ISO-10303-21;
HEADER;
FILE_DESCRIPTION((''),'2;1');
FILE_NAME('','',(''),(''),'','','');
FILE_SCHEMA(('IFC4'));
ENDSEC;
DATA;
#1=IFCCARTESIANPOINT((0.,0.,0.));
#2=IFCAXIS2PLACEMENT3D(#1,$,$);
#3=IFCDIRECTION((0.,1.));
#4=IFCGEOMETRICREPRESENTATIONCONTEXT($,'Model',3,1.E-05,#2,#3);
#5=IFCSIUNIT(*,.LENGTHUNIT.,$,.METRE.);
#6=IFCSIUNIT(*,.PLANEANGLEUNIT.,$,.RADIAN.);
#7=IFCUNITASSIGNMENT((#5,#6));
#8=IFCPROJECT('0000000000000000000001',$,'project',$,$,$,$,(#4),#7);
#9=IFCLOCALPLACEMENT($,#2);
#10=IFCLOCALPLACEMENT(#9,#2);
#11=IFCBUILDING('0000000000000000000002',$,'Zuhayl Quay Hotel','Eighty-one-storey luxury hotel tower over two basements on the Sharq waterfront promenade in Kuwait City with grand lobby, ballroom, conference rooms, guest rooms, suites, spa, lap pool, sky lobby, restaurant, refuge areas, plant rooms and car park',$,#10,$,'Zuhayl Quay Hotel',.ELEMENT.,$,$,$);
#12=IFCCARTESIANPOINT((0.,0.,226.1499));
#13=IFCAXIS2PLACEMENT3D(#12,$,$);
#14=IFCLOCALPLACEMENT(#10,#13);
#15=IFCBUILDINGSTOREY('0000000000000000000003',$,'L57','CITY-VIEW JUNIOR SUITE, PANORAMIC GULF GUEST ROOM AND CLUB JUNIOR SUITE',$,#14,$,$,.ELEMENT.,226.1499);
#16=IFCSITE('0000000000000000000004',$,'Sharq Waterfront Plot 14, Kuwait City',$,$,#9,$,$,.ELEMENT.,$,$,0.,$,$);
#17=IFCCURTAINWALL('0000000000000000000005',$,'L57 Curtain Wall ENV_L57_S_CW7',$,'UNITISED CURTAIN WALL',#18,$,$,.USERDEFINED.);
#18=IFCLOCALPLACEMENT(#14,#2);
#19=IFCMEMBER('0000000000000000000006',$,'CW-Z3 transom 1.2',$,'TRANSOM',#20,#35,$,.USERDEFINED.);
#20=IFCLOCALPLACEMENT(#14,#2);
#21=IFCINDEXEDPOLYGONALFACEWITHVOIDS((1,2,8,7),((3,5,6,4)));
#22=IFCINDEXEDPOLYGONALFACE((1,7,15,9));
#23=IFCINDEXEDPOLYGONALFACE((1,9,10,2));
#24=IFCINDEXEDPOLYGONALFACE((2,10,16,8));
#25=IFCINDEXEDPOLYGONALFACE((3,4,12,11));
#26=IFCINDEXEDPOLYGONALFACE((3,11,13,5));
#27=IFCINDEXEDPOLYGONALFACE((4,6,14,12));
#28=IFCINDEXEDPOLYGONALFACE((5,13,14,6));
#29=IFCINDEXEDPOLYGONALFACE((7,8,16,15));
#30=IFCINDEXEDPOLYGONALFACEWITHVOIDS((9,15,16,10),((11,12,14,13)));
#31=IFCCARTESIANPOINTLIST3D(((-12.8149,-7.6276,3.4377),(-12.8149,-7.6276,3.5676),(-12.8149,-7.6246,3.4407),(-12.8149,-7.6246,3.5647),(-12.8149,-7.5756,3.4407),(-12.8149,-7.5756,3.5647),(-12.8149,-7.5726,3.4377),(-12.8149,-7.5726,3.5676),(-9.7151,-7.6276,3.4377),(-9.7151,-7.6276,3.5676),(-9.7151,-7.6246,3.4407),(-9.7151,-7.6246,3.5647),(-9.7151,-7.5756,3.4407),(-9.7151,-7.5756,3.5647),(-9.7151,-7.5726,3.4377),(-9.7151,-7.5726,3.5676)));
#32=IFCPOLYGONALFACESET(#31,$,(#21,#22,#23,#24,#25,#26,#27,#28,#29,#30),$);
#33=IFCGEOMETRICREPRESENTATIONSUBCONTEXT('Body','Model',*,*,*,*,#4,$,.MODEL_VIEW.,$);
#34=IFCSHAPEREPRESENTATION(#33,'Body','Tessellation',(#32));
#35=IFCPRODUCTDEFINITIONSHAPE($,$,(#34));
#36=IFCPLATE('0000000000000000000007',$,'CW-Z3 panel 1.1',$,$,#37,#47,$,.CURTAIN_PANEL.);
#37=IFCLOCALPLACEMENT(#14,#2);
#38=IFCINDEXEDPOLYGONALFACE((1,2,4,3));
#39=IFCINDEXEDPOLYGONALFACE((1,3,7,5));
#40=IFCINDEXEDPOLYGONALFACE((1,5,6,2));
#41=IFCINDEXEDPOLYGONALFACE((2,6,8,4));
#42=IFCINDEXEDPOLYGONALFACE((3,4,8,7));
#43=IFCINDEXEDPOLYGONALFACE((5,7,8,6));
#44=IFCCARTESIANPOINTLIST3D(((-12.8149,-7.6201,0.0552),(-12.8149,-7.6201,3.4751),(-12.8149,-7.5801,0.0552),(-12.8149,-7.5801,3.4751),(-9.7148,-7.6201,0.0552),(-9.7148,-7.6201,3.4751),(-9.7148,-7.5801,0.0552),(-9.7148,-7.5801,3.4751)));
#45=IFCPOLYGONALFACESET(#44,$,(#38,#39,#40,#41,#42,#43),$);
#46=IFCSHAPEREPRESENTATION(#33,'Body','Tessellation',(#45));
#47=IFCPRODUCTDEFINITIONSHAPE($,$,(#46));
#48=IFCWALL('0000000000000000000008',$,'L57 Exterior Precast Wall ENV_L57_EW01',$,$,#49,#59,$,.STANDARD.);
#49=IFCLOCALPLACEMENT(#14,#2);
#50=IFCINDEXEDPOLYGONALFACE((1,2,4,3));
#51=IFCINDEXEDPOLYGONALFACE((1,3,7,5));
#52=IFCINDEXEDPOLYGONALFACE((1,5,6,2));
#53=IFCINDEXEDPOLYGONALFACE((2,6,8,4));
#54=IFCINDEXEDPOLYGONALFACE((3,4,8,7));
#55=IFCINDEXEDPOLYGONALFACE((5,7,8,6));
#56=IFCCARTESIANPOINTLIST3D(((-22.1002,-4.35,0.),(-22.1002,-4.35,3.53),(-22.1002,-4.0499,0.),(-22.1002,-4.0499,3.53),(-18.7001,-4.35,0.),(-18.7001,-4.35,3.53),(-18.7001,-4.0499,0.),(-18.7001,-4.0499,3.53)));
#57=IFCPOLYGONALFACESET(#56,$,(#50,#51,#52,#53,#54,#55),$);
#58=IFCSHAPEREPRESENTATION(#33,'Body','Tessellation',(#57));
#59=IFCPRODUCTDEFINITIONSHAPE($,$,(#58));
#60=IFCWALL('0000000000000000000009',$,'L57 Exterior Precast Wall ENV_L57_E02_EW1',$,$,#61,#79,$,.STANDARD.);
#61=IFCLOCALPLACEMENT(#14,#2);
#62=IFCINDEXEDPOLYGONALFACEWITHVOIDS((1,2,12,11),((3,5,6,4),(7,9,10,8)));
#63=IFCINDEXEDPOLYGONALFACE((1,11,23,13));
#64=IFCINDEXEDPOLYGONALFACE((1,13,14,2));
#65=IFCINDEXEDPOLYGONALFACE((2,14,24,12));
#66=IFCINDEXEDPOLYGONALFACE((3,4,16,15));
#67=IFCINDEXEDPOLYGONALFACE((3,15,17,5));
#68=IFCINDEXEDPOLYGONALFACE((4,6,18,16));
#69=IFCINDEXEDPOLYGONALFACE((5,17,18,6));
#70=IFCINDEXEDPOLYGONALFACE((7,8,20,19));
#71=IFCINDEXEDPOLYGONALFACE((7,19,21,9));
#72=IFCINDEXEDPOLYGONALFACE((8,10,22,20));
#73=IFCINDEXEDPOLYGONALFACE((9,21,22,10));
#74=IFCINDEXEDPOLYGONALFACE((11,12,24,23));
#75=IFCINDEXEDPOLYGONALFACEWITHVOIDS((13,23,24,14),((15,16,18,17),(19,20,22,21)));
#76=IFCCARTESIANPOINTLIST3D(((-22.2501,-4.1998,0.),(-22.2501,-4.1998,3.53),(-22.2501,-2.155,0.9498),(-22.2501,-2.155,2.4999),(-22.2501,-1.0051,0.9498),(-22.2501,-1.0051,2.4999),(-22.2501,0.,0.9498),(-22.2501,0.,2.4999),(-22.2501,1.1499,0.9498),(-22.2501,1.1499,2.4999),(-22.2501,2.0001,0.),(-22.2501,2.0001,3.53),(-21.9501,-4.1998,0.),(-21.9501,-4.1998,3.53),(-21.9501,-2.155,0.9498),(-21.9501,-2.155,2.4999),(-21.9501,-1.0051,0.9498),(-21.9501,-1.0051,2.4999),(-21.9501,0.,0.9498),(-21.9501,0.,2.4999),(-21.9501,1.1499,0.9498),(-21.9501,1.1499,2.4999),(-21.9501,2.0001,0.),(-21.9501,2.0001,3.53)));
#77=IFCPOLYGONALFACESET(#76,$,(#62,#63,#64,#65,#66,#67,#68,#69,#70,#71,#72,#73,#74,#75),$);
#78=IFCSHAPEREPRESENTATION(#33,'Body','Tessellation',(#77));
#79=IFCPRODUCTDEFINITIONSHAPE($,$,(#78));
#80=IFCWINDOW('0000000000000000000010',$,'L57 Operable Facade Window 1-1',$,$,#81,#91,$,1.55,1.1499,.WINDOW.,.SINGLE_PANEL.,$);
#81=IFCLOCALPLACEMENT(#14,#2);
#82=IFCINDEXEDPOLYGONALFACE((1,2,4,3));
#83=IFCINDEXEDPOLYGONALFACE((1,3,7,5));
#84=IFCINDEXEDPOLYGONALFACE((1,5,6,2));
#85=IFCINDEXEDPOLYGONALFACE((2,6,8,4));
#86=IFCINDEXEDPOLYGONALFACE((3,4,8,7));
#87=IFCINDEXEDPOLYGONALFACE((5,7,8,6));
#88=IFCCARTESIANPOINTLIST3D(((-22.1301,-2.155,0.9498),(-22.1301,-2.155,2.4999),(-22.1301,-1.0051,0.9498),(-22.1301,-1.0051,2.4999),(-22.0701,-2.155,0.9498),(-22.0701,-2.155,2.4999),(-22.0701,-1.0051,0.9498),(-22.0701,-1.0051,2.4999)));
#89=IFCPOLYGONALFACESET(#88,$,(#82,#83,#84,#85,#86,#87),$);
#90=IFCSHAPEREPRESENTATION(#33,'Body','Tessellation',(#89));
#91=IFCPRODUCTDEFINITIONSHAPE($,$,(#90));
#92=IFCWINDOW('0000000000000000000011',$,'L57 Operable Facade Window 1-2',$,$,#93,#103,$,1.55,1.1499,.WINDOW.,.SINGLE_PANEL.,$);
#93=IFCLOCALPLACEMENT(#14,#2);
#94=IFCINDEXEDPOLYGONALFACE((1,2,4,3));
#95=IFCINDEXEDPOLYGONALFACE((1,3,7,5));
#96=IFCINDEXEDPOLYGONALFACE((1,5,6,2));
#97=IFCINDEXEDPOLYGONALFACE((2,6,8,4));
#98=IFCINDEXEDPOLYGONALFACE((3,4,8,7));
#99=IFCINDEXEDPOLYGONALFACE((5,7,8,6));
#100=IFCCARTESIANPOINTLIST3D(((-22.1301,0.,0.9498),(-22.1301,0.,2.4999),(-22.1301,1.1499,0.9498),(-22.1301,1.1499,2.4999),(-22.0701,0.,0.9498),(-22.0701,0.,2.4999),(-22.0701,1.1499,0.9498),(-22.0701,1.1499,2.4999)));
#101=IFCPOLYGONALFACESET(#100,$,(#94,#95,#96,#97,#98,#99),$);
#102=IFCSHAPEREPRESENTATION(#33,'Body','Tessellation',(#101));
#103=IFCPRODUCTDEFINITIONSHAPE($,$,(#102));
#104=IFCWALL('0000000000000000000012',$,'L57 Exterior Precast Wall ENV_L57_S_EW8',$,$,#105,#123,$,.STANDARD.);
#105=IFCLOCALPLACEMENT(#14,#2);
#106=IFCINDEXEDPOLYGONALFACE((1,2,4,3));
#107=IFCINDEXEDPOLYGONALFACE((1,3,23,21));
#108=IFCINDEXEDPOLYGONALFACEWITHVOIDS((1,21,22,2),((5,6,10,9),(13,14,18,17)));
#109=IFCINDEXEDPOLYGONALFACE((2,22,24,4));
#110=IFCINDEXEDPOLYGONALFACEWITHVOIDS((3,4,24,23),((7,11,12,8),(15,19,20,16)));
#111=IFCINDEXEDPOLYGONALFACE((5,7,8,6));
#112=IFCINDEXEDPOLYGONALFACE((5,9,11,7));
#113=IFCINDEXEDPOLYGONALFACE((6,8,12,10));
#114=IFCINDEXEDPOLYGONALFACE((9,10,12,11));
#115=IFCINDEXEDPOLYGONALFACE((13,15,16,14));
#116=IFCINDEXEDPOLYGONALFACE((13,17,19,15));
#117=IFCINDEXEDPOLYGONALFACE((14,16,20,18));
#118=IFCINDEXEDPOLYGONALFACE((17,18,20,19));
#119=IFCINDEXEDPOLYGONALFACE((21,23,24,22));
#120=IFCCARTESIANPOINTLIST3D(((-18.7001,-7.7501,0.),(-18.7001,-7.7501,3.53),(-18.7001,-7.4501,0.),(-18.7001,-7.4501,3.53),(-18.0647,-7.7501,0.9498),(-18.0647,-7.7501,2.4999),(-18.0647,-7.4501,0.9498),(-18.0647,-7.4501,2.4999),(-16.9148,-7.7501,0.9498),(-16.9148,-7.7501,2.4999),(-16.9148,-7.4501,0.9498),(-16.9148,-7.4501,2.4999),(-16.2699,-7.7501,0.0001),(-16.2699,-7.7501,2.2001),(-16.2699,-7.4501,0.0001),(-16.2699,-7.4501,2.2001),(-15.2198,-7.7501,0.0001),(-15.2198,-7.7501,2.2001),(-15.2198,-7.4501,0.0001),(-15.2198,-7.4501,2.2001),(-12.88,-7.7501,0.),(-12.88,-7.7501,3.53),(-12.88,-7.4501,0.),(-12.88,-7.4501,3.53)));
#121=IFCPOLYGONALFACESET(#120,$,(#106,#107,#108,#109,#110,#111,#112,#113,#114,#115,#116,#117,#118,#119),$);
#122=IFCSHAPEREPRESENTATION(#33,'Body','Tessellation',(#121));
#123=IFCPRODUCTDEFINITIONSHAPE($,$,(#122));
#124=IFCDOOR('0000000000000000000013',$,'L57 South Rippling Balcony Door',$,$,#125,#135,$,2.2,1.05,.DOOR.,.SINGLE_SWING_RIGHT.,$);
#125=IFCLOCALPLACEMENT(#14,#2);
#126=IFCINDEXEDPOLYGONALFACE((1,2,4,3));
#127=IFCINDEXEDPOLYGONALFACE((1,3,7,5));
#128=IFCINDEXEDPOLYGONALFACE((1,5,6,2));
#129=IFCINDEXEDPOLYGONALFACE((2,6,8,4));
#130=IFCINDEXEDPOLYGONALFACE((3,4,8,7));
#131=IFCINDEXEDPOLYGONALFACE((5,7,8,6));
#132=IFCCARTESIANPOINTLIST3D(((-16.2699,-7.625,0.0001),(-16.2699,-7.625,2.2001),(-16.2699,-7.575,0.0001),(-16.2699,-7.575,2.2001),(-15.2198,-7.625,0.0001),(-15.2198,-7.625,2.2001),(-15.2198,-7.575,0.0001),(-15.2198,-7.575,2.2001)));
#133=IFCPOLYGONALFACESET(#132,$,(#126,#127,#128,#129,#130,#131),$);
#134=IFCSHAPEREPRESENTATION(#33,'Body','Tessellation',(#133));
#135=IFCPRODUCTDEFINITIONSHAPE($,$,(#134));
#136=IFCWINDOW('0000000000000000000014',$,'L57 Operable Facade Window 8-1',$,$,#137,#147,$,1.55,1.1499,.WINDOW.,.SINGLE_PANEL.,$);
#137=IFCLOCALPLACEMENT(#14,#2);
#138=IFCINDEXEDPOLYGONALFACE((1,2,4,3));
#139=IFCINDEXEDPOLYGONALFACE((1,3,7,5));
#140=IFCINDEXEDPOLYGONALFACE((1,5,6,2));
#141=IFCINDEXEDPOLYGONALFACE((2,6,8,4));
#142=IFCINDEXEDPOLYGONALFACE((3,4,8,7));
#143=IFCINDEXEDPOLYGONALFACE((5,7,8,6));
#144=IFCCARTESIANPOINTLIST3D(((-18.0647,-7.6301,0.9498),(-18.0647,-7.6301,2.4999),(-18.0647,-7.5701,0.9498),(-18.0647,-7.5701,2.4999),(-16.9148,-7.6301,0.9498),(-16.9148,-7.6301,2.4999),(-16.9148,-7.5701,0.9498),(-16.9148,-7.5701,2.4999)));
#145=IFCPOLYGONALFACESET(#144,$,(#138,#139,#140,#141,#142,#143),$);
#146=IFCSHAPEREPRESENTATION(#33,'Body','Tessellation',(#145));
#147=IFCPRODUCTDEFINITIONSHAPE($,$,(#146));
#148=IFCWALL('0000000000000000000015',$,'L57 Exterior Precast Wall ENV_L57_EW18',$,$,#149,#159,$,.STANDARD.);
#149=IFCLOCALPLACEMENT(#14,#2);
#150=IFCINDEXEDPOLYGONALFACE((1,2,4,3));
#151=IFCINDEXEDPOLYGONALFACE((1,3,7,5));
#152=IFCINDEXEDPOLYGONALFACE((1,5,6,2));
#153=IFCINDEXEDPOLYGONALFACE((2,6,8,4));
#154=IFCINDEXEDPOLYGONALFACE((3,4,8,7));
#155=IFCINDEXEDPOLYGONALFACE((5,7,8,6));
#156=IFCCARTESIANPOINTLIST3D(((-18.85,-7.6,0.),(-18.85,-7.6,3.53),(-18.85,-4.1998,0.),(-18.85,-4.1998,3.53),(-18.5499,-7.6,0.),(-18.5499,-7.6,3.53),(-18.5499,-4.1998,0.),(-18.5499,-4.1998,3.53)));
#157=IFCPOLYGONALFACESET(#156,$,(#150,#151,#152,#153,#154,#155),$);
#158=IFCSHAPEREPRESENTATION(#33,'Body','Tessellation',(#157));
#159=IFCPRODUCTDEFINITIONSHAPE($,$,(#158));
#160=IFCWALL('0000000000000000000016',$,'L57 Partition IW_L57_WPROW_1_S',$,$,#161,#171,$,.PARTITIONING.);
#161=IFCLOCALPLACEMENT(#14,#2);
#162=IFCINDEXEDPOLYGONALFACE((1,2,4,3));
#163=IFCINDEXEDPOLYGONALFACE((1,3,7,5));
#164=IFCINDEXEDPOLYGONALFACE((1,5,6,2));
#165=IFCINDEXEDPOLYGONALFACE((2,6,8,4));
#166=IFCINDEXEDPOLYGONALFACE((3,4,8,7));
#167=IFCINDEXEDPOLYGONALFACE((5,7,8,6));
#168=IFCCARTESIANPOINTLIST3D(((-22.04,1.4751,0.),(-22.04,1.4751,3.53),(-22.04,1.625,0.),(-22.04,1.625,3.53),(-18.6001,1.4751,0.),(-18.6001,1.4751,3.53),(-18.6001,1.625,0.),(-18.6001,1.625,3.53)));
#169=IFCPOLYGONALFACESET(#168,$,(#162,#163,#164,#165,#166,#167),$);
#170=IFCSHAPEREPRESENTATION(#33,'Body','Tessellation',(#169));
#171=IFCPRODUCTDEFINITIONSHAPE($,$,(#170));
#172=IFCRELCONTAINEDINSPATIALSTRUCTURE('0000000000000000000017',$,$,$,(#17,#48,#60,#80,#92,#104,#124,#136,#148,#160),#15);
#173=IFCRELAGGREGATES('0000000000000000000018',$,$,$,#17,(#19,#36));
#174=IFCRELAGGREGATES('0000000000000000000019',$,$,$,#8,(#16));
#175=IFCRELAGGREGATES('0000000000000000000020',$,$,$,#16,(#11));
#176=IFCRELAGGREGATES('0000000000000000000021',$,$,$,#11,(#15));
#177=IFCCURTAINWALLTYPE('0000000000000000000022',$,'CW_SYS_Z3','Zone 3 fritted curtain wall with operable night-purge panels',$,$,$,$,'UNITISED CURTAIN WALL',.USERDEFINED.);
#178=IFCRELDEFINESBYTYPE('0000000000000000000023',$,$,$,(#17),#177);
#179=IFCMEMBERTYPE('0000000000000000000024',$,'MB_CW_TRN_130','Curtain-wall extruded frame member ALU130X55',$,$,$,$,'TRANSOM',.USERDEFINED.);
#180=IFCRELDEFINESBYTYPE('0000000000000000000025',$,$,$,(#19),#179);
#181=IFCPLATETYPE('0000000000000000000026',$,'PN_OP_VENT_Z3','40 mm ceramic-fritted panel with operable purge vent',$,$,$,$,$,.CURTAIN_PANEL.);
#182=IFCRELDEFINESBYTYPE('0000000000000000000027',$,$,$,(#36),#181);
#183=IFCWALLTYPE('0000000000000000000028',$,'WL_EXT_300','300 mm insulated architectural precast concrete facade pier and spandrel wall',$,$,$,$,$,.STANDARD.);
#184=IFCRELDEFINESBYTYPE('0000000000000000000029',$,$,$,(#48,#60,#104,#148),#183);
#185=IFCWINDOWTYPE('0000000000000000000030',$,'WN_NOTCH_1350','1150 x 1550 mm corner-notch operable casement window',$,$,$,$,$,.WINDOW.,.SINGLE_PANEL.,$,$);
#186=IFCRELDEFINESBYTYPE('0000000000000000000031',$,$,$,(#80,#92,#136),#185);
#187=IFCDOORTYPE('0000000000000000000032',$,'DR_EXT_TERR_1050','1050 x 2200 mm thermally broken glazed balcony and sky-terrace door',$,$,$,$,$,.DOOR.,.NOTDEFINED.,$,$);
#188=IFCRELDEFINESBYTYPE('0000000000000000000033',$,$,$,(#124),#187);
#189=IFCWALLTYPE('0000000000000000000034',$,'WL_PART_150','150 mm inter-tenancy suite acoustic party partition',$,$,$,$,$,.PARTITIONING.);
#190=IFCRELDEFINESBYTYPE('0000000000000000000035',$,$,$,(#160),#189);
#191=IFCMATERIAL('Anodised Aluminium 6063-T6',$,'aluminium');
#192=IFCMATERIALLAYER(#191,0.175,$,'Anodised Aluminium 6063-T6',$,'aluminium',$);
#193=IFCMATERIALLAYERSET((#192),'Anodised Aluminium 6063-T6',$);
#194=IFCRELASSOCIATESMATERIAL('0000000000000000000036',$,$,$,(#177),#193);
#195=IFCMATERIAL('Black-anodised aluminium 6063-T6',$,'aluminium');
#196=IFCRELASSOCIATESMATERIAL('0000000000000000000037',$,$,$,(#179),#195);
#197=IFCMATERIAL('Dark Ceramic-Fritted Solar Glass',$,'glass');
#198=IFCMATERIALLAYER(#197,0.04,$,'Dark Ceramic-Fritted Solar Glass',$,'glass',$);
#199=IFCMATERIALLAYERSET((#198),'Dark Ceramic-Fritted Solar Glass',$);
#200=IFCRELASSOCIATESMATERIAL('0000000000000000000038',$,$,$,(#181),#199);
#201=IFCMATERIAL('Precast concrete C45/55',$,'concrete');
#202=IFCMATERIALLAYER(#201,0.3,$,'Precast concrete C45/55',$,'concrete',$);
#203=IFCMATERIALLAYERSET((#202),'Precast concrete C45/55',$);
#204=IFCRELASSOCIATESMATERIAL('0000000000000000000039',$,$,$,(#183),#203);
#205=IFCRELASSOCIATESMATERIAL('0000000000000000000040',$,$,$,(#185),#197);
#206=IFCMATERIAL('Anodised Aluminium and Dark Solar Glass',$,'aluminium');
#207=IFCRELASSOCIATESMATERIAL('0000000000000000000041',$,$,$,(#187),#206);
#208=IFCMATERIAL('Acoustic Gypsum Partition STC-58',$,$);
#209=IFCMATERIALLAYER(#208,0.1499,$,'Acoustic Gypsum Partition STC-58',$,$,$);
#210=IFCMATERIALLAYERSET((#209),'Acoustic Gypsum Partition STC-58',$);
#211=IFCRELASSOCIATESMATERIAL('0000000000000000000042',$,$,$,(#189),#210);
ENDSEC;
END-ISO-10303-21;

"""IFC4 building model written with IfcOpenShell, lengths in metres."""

from ifc_helpers import new_model, si_unit, direction, frame, frame_2d, origin, origin_2d, place, context, subcontext, project, spatial, rectangle, hollow_rectangle, extrude, material, layer, layer_set, material_profile, profile_set, type_object, element, fill, aggregate, save


model = new_model("IFC4")

# Units and contexts
model_context = context("Model", 3, precision=1e-05, world=origin(), true_north=direction((0.0, 1.0)))
body_context = subcontext(model_context, "Body", "Model", "MODEL_VIEW")
ifc_project = project(units=[si_unit("LENGTHUNIT", "METRE"), si_unit("PLANEANGLEUNIT", "RADIAN")], contexts=[model_context])

# Site, building, storey
site_placement = place(None, origin())
site = spatial("IfcSite", under=ifc_project, at=site_placement, Name="Sharq Waterfront Plot 14, Kuwait City", CompositionType="ELEMENT", RefElevation=0.0)
building_placement = place(site_placement, origin())
building = spatial("IfcBuilding", under=site, at=building_placement, Name="Zuhayl Quay Hotel", Description="Eighty-one-storey luxury hotel tower over two basements on the Sharq waterfront promenade in Kuwait City with grand lobby, ballroom, conference rooms, guest rooms, suites, spa, lap pool, sky lobby, restaurant, refuge areas, plant rooms and car park", LongName="Zuhayl Quay Hotel", CompositionType="ELEMENT")
storey_placement = place(building_placement, frame((0.0, 0.0, 226.1499)))
storey = spatial("IfcBuildingStorey", under=building, at=storey_placement, Name="L57", Description="CITY-VIEW JUNIOR SUITE, PANORAMIC GULF GUEST ROOM AND CLUB JUNIOR SUITE", CompositionType="ELEMENT", Elevation=226.1499)

# Shared definitions
ifc_material_1 = material(Name="Anodised Aluminium 6063-T6", Category="aluminium")
ifc_layer_1 = layer(ifc_material_1, 0.175, Name="Anodised Aluminium 6063-T6", Category="aluminium")
ifc_layer_set_1 = layer_set([ifc_layer_1], Name="Anodised Aluminium 6063-T6")
curtain_wall_type = type_object("IfcCurtainWallType", Name="CW_SYS_Z3", Description="Zone 3 fritted curtain wall with operable night-purge panels", ElementType="UNITISED CURTAIN WALL", PredefinedType="USERDEFINED", material=ifc_layer_set_1)
ifc_material_2 = material(Name="Black-anodised aluminium 6063-T6", Category="aluminium")

# Curtain wall
curtain_wall_1_placement = place(storey_placement, origin())
curtain_wall_1 = element("IfcCurtainWall", 1, at=curtain_wall_1_placement, inside=storey, type_object=curtain_wall_type, Name="L57 Curtain Wall ENV_L57_S_CW7", ObjectType="UNITISED CURTAIN WALL", PredefinedType="USERDEFINED")

# Member
ifc_material_profile_1 = material_profile(ifc_material_2, hollow_rectangle(XDim=0.0549, YDim=0.1299, WallThickness=0.0029, at=origin_2d()), Name="ALU130X55")
ifc_profile_set_1 = profile_set([ifc_material_profile_1], Name="Black-anodised aluminium 6063-T6")
member_type_1 = type_object("IfcMemberType", Name="MB_CW_TRN_130", Description="Curtain-wall extruded frame member ALU130X55", ElementType="TRANSOM", PredefinedType="USERDEFINED", material=ifc_profile_set_1)
member_1_placement = place(storey_placement, frame((-9.7151, -7.6001, 3.5027), z_axis=(-1.0, 0.0, 0.0), x_axis=(0.0, -1.0, 0.0)))
member_1 = element("IfcMember", 2, at=member_1_placement, type_object=member_type_1, Name="CW-Z3 transom 1.2", ObjectType="TRANSOM", PredefinedType="USERDEFINED", context=body_context, shape_type="SweptSolid", body=[
    extrude(hollow_rectangle(XDim=0.0549, YDim=0.1299, WallThickness=0.0029, at=origin_2d()), origin(), (0.0, 0.0, 1.0), 3.0999),
])

# Plate
ifc_material_3 = material(Name="Dark Ceramic-Fritted Solar Glass", Category="glass")
ifc_layer_2 = layer(ifc_material_3, 0.04, Name="Dark Ceramic-Fritted Solar Glass", Category="glass")
ifc_layer_set_2 = layer_set([ifc_layer_2], Name="Dark Ceramic-Fritted Solar Glass")
plate_type = type_object("IfcPlateType", Name="PN_OP_VENT_Z3", Description="40 mm ceramic-fritted panel with operable purge vent", PredefinedType="CURTAIN_PANEL", material=ifc_layer_set_2)
plate_placement = place(storey_placement, frame((-11.2649, -7.6001, 0.0552), z_axis=(0.0, 0.0, 1.0), x_axis=(-1.0, 0.0, 0.0)))
plate = element("IfcPlate", 3, at=plate_placement, type_object=plate_type, Name="CW-Z3 panel 1.1", PredefinedType="CURTAIN_PANEL", context=body_context, shape_type="SweptSolid", body=[
    extrude(rectangle(XDim=3.1001, YDim=0.04, at=origin_2d()), origin(), (0.0, 0.0, 1.0), 3.4199),
])
aggregate(curtain_wall_1, [member_1, plate])

# Wall
ifc_material_4 = material(Name="Precast concrete C45/55", Category="concrete")
ifc_layer_3 = layer(ifc_material_4, 0.3, Name="Precast concrete C45/55", Category="concrete")
ifc_layer_set_3 = layer_set([ifc_layer_3], Name="Precast concrete C45/55")
wall_type_1 = type_object("IfcWallType", Name="WL_EXT_300", Description="300 mm insulated architectural precast concrete facade pier and spandrel wall", PredefinedType="STANDARD", material=ifc_layer_set_3)
wall_1_placement = place(storey_placement, frame((-18.7, -4.2, 0.0), z_axis=(0.0, 0.0, 1.0), x_axis=(-1.0, 0.0, 0.0)))
element("IfcWall", 4, at=wall_1_placement, inside=storey, type_object=wall_type_1, Name="L57 Exterior Precast Wall ENV_L57_EW01", PredefinedType="STANDARD", context=body_context, shape_type="SweptSolid", body=[
    extrude(rectangle(XDim=3.4001, YDim=0.3, at=frame_2d((1.7002, 0.0))), origin(), (0.0, 0.0, 1.0), 3.53),
])

# Wall, openings, windows
wall_2_placement = place(storey_placement, frame((-22.1001, -4.2, 0.0), z_axis=(0.0, 0.0, 1.0), x_axis=(0.0, 1.0, 0.0)))
wall_2 = element("IfcWall", 5, at=wall_2_placement, inside=storey, type_object=wall_type_1, Name="L57 Exterior Precast Wall ENV_L57_E02_EW1", PredefinedType="STANDARD", context=body_context, shape_type="SweptSolid", body=[
    extrude(rectangle(XDim=6.2, YDim=0.3, at=frame_2d((3.1001, 0.0))), origin(), (0.0, 0.0, 1.0), 3.53),
])
opening_1_placement = place(wall_2_placement, frame((2.0449, 0.0, 0.95)))
opening_1 = element("IfcOpeningElement", 6, at=opening_1_placement, cuts=wall_2, PredefinedType="OPENING", context=body_context, shape_type="SweptSolid", body=[
    extrude(rectangle(XDim=1.1499, YDim=1.55, at=frame_2d((0.575, 0.7749))), frame((0.0, 0.1599, 0.0), z_axis=(0.0, -1.0, 0.0), x_axis=(1.0, 0.0, 0.0)), (0.0, 0.0, 1.0), 0.3201),
])
opening_2_placement = place(wall_2_placement, frame((4.2, 0.0, 0.95)))
opening_2 = element("IfcOpeningElement", 7, at=opening_2_placement, cuts=wall_2, PredefinedType="OPENING", context=body_context, shape_type="SweptSolid", body=[
    extrude(rectangle(XDim=1.1499, YDim=1.55, at=frame_2d((0.575, 0.7749))), frame((0.0, 0.1599, 0.0), z_axis=(0.0, -1.0, 0.0), x_axis=(1.0, 0.0, 0.0)), (0.0, 0.0, 1.0), 0.3201),
])
window_type = type_object("IfcWindowType", Name="WN_NOTCH_1350", Description="1150 x 1550 mm corner-notch operable casement window", PartitioningType="SINGLE_PANEL", PredefinedType="WINDOW", material=ifc_material_3)
window_1_placement = place(opening_1_placement, origin())
window_1 = element("IfcWindow", 8, at=window_1_placement, inside=storey, type_object=window_type, Name="L57 Operable Facade Window 1-1", OverallHeight=1.55, OverallWidth=1.1499, PartitioningType="SINGLE_PANEL", PredefinedType="WINDOW", context=body_context, shape_type="SweptSolid", body=[
    extrude(rectangle(XDim=1.1499, YDim=1.55, at=frame_2d((0.575, 0.7749))), frame((0.0, 0.03, 0.0), z_axis=(0.0, -1.0, 0.0), x_axis=(1.0, 0.0, 0.0)), (0.0, 0.0, 1.0), 0.0601),
])
fill(opening_1, window_1)
window_2_placement = place(opening_2_placement, origin())
window_2 = element("IfcWindow", 9, at=window_2_placement, inside=storey, type_object=window_type, Name="L57 Operable Facade Window 1-2", OverallHeight=1.55, OverallWidth=1.1499, PartitioningType="SINGLE_PANEL", PredefinedType="WINDOW", context=body_context, shape_type="SweptSolid", body=[
    extrude(rectangle(XDim=1.1499, YDim=1.55, at=frame_2d((0.575, 0.7749))), frame((0.0, 0.03, 0.0), z_axis=(0.0, -1.0, 0.0), x_axis=(1.0, 0.0, 0.0)), (0.0, 0.0, 1.0), 0.0601),
])
fill(opening_2, window_2)

# Wall, openings, door, window
wall_3_placement = place(storey_placement, frame((-12.8799, -7.6001, 0.0), z_axis=(0.0, 0.0, 1.0), x_axis=(-1.0, 0.0, 0.0)))
wall_3 = element("IfcWall", 10, at=wall_3_placement, inside=storey, type_object=wall_type_1, Name="L57 Exterior Precast Wall ENV_L57_S_EW8", PredefinedType="STANDARD", context=body_context, shape_type="SweptSolid", body=[
    extrude(rectangle(XDim=5.8201, YDim=0.3, at=frame_2d((2.9102, 0.0))), origin(), (0.0, 0.0, 1.0), 3.53),
])
opening_3_placement = place(wall_3_placement, frame((2.3401, 0.0, 0.0)))
opening_3 = element("IfcOpeningElement", 11, at=opening_3_placement, cuts=wall_3, PredefinedType="OPENING", context=body_context, shape_type="SweptSolid", body=[
    extrude(rectangle(XDim=1.05, YDim=2.2, at=frame_2d((0.5249, 1.1001))), frame((0.0, 0.1599, 0.0), z_axis=(0.0, -1.0, 0.0), x_axis=(1.0, 0.0, 0.0)), (0.0, 0.0, 1.0), 0.3201),
])
opening_4_placement = place(wall_3_placement, frame((4.0349, 0.0, 0.95)))
opening_4 = element("IfcOpeningElement", 12, at=opening_4_placement, cuts=wall_3, PredefinedType="OPENING", context=body_context, shape_type="SweptSolid", body=[
    extrude(rectangle(XDim=1.1499, YDim=1.55, at=frame_2d((0.575, 0.7749))), frame((0.0, 0.1599, 0.0), z_axis=(0.0, -1.0, 0.0), x_axis=(1.0, 0.0, 0.0)), (0.0, 0.0, 1.0), 0.3201),
])
ifc_material_5 = material(Name="Anodised Aluminium and Dark Solar Glass", Category="aluminium")
door_type_1 = type_object("IfcDoorType", Name="DR_EXT_TERR_1050", Description="1050 x 2200 mm thermally broken glazed balcony and sky-terrace door", OperationType="NOTDEFINED", PredefinedType="DOOR", material=ifc_material_5)
door_1_placement = place(opening_3_placement, origin())
door_1 = element("IfcDoor", 13, at=door_1_placement, inside=storey, type_object=door_type_1, Name="L57 South Rippling Balcony Door", OperationType="SINGLE_SWING_RIGHT", OverallHeight=2.2, OverallWidth=1.05, PredefinedType="DOOR", context=body_context, shape_type="SweptSolid", body=[
    extrude(rectangle(XDim=1.05, YDim=2.2, at=frame_2d((0.5249, 1.1001))), frame((0.0, 0.0249, 0.0), z_axis=(0.0, -1.0, 0.0), x_axis=(1.0, 0.0, 0.0)), (0.0, 0.0, 1.0), 0.05),
])
fill(opening_3, door_1)
window_3_placement = place(opening_4_placement, origin())
window_3 = element("IfcWindow", 14, at=window_3_placement, inside=storey, type_object=window_type, Name="L57 Operable Facade Window 8-1", OverallHeight=1.55, OverallWidth=1.1499, PartitioningType="SINGLE_PANEL", PredefinedType="WINDOW", context=body_context, shape_type="SweptSolid", body=[
    extrude(rectangle(XDim=1.1499, YDim=1.55, at=frame_2d((0.575, 0.7749))), frame((0.0, 0.03, 0.0), z_axis=(0.0, -1.0, 0.0), x_axis=(1.0, 0.0, 0.0)), (0.0, 0.0, 1.0), 0.0601),
])
fill(opening_4, window_3)

# Walls
wall_4_placement = place(storey_placement, frame((-18.7, -7.6001, 0.0), z_axis=(0.0, 0.0, 1.0), x_axis=(0.0, 1.0, 0.0)))
element("IfcWall", 15, at=wall_4_placement, inside=storey, type_object=wall_type_1, Name="L57 Exterior Precast Wall ENV_L57_EW18", PredefinedType="STANDARD", context=body_context, shape_type="SweptSolid", body=[
    extrude(rectangle(XDim=3.4001, YDim=0.3, at=frame_2d((1.7002, 0.0))), origin(), (0.0, 0.0, 1.0), 3.53),
])
ifc_material_6 = material(Name="Acoustic Gypsum Partition STC-58")
ifc_layer_4 = layer(ifc_material_6, 0.1499, Name="Acoustic Gypsum Partition STC-58")
ifc_layer_set_4 = layer_set([ifc_layer_4], Name="Acoustic Gypsum Partition STC-58")
wall_type_2 = type_object("IfcWallType", Name="WL_PART_150", Description="150 mm inter-tenancy suite acoustic party partition", PredefinedType="PARTITIONING", material=ifc_layer_set_4)
wall_5_placement = place(storey_placement, frame((-22.04, 1.55, 0.0), z_axis=(0.0, 0.0, 1.0), x_axis=(1.0, 0.0, 0.0)))
element("IfcWall", 16, at=wall_5_placement, inside=storey, type_object=wall_type_2, Name="L57 Partition IW_L57_WPROW_1_S", PredefinedType="PARTITIONING", context=body_context, shape_type="SweptSolid", body=[
    extrude(rectangle(XDim=3.4399, YDim=0.1499, at=frame_2d((1.72, 0.0))), origin(), (0.0, 0.0, 1.0), 3.53),
])

save(model, "model.ifc")
